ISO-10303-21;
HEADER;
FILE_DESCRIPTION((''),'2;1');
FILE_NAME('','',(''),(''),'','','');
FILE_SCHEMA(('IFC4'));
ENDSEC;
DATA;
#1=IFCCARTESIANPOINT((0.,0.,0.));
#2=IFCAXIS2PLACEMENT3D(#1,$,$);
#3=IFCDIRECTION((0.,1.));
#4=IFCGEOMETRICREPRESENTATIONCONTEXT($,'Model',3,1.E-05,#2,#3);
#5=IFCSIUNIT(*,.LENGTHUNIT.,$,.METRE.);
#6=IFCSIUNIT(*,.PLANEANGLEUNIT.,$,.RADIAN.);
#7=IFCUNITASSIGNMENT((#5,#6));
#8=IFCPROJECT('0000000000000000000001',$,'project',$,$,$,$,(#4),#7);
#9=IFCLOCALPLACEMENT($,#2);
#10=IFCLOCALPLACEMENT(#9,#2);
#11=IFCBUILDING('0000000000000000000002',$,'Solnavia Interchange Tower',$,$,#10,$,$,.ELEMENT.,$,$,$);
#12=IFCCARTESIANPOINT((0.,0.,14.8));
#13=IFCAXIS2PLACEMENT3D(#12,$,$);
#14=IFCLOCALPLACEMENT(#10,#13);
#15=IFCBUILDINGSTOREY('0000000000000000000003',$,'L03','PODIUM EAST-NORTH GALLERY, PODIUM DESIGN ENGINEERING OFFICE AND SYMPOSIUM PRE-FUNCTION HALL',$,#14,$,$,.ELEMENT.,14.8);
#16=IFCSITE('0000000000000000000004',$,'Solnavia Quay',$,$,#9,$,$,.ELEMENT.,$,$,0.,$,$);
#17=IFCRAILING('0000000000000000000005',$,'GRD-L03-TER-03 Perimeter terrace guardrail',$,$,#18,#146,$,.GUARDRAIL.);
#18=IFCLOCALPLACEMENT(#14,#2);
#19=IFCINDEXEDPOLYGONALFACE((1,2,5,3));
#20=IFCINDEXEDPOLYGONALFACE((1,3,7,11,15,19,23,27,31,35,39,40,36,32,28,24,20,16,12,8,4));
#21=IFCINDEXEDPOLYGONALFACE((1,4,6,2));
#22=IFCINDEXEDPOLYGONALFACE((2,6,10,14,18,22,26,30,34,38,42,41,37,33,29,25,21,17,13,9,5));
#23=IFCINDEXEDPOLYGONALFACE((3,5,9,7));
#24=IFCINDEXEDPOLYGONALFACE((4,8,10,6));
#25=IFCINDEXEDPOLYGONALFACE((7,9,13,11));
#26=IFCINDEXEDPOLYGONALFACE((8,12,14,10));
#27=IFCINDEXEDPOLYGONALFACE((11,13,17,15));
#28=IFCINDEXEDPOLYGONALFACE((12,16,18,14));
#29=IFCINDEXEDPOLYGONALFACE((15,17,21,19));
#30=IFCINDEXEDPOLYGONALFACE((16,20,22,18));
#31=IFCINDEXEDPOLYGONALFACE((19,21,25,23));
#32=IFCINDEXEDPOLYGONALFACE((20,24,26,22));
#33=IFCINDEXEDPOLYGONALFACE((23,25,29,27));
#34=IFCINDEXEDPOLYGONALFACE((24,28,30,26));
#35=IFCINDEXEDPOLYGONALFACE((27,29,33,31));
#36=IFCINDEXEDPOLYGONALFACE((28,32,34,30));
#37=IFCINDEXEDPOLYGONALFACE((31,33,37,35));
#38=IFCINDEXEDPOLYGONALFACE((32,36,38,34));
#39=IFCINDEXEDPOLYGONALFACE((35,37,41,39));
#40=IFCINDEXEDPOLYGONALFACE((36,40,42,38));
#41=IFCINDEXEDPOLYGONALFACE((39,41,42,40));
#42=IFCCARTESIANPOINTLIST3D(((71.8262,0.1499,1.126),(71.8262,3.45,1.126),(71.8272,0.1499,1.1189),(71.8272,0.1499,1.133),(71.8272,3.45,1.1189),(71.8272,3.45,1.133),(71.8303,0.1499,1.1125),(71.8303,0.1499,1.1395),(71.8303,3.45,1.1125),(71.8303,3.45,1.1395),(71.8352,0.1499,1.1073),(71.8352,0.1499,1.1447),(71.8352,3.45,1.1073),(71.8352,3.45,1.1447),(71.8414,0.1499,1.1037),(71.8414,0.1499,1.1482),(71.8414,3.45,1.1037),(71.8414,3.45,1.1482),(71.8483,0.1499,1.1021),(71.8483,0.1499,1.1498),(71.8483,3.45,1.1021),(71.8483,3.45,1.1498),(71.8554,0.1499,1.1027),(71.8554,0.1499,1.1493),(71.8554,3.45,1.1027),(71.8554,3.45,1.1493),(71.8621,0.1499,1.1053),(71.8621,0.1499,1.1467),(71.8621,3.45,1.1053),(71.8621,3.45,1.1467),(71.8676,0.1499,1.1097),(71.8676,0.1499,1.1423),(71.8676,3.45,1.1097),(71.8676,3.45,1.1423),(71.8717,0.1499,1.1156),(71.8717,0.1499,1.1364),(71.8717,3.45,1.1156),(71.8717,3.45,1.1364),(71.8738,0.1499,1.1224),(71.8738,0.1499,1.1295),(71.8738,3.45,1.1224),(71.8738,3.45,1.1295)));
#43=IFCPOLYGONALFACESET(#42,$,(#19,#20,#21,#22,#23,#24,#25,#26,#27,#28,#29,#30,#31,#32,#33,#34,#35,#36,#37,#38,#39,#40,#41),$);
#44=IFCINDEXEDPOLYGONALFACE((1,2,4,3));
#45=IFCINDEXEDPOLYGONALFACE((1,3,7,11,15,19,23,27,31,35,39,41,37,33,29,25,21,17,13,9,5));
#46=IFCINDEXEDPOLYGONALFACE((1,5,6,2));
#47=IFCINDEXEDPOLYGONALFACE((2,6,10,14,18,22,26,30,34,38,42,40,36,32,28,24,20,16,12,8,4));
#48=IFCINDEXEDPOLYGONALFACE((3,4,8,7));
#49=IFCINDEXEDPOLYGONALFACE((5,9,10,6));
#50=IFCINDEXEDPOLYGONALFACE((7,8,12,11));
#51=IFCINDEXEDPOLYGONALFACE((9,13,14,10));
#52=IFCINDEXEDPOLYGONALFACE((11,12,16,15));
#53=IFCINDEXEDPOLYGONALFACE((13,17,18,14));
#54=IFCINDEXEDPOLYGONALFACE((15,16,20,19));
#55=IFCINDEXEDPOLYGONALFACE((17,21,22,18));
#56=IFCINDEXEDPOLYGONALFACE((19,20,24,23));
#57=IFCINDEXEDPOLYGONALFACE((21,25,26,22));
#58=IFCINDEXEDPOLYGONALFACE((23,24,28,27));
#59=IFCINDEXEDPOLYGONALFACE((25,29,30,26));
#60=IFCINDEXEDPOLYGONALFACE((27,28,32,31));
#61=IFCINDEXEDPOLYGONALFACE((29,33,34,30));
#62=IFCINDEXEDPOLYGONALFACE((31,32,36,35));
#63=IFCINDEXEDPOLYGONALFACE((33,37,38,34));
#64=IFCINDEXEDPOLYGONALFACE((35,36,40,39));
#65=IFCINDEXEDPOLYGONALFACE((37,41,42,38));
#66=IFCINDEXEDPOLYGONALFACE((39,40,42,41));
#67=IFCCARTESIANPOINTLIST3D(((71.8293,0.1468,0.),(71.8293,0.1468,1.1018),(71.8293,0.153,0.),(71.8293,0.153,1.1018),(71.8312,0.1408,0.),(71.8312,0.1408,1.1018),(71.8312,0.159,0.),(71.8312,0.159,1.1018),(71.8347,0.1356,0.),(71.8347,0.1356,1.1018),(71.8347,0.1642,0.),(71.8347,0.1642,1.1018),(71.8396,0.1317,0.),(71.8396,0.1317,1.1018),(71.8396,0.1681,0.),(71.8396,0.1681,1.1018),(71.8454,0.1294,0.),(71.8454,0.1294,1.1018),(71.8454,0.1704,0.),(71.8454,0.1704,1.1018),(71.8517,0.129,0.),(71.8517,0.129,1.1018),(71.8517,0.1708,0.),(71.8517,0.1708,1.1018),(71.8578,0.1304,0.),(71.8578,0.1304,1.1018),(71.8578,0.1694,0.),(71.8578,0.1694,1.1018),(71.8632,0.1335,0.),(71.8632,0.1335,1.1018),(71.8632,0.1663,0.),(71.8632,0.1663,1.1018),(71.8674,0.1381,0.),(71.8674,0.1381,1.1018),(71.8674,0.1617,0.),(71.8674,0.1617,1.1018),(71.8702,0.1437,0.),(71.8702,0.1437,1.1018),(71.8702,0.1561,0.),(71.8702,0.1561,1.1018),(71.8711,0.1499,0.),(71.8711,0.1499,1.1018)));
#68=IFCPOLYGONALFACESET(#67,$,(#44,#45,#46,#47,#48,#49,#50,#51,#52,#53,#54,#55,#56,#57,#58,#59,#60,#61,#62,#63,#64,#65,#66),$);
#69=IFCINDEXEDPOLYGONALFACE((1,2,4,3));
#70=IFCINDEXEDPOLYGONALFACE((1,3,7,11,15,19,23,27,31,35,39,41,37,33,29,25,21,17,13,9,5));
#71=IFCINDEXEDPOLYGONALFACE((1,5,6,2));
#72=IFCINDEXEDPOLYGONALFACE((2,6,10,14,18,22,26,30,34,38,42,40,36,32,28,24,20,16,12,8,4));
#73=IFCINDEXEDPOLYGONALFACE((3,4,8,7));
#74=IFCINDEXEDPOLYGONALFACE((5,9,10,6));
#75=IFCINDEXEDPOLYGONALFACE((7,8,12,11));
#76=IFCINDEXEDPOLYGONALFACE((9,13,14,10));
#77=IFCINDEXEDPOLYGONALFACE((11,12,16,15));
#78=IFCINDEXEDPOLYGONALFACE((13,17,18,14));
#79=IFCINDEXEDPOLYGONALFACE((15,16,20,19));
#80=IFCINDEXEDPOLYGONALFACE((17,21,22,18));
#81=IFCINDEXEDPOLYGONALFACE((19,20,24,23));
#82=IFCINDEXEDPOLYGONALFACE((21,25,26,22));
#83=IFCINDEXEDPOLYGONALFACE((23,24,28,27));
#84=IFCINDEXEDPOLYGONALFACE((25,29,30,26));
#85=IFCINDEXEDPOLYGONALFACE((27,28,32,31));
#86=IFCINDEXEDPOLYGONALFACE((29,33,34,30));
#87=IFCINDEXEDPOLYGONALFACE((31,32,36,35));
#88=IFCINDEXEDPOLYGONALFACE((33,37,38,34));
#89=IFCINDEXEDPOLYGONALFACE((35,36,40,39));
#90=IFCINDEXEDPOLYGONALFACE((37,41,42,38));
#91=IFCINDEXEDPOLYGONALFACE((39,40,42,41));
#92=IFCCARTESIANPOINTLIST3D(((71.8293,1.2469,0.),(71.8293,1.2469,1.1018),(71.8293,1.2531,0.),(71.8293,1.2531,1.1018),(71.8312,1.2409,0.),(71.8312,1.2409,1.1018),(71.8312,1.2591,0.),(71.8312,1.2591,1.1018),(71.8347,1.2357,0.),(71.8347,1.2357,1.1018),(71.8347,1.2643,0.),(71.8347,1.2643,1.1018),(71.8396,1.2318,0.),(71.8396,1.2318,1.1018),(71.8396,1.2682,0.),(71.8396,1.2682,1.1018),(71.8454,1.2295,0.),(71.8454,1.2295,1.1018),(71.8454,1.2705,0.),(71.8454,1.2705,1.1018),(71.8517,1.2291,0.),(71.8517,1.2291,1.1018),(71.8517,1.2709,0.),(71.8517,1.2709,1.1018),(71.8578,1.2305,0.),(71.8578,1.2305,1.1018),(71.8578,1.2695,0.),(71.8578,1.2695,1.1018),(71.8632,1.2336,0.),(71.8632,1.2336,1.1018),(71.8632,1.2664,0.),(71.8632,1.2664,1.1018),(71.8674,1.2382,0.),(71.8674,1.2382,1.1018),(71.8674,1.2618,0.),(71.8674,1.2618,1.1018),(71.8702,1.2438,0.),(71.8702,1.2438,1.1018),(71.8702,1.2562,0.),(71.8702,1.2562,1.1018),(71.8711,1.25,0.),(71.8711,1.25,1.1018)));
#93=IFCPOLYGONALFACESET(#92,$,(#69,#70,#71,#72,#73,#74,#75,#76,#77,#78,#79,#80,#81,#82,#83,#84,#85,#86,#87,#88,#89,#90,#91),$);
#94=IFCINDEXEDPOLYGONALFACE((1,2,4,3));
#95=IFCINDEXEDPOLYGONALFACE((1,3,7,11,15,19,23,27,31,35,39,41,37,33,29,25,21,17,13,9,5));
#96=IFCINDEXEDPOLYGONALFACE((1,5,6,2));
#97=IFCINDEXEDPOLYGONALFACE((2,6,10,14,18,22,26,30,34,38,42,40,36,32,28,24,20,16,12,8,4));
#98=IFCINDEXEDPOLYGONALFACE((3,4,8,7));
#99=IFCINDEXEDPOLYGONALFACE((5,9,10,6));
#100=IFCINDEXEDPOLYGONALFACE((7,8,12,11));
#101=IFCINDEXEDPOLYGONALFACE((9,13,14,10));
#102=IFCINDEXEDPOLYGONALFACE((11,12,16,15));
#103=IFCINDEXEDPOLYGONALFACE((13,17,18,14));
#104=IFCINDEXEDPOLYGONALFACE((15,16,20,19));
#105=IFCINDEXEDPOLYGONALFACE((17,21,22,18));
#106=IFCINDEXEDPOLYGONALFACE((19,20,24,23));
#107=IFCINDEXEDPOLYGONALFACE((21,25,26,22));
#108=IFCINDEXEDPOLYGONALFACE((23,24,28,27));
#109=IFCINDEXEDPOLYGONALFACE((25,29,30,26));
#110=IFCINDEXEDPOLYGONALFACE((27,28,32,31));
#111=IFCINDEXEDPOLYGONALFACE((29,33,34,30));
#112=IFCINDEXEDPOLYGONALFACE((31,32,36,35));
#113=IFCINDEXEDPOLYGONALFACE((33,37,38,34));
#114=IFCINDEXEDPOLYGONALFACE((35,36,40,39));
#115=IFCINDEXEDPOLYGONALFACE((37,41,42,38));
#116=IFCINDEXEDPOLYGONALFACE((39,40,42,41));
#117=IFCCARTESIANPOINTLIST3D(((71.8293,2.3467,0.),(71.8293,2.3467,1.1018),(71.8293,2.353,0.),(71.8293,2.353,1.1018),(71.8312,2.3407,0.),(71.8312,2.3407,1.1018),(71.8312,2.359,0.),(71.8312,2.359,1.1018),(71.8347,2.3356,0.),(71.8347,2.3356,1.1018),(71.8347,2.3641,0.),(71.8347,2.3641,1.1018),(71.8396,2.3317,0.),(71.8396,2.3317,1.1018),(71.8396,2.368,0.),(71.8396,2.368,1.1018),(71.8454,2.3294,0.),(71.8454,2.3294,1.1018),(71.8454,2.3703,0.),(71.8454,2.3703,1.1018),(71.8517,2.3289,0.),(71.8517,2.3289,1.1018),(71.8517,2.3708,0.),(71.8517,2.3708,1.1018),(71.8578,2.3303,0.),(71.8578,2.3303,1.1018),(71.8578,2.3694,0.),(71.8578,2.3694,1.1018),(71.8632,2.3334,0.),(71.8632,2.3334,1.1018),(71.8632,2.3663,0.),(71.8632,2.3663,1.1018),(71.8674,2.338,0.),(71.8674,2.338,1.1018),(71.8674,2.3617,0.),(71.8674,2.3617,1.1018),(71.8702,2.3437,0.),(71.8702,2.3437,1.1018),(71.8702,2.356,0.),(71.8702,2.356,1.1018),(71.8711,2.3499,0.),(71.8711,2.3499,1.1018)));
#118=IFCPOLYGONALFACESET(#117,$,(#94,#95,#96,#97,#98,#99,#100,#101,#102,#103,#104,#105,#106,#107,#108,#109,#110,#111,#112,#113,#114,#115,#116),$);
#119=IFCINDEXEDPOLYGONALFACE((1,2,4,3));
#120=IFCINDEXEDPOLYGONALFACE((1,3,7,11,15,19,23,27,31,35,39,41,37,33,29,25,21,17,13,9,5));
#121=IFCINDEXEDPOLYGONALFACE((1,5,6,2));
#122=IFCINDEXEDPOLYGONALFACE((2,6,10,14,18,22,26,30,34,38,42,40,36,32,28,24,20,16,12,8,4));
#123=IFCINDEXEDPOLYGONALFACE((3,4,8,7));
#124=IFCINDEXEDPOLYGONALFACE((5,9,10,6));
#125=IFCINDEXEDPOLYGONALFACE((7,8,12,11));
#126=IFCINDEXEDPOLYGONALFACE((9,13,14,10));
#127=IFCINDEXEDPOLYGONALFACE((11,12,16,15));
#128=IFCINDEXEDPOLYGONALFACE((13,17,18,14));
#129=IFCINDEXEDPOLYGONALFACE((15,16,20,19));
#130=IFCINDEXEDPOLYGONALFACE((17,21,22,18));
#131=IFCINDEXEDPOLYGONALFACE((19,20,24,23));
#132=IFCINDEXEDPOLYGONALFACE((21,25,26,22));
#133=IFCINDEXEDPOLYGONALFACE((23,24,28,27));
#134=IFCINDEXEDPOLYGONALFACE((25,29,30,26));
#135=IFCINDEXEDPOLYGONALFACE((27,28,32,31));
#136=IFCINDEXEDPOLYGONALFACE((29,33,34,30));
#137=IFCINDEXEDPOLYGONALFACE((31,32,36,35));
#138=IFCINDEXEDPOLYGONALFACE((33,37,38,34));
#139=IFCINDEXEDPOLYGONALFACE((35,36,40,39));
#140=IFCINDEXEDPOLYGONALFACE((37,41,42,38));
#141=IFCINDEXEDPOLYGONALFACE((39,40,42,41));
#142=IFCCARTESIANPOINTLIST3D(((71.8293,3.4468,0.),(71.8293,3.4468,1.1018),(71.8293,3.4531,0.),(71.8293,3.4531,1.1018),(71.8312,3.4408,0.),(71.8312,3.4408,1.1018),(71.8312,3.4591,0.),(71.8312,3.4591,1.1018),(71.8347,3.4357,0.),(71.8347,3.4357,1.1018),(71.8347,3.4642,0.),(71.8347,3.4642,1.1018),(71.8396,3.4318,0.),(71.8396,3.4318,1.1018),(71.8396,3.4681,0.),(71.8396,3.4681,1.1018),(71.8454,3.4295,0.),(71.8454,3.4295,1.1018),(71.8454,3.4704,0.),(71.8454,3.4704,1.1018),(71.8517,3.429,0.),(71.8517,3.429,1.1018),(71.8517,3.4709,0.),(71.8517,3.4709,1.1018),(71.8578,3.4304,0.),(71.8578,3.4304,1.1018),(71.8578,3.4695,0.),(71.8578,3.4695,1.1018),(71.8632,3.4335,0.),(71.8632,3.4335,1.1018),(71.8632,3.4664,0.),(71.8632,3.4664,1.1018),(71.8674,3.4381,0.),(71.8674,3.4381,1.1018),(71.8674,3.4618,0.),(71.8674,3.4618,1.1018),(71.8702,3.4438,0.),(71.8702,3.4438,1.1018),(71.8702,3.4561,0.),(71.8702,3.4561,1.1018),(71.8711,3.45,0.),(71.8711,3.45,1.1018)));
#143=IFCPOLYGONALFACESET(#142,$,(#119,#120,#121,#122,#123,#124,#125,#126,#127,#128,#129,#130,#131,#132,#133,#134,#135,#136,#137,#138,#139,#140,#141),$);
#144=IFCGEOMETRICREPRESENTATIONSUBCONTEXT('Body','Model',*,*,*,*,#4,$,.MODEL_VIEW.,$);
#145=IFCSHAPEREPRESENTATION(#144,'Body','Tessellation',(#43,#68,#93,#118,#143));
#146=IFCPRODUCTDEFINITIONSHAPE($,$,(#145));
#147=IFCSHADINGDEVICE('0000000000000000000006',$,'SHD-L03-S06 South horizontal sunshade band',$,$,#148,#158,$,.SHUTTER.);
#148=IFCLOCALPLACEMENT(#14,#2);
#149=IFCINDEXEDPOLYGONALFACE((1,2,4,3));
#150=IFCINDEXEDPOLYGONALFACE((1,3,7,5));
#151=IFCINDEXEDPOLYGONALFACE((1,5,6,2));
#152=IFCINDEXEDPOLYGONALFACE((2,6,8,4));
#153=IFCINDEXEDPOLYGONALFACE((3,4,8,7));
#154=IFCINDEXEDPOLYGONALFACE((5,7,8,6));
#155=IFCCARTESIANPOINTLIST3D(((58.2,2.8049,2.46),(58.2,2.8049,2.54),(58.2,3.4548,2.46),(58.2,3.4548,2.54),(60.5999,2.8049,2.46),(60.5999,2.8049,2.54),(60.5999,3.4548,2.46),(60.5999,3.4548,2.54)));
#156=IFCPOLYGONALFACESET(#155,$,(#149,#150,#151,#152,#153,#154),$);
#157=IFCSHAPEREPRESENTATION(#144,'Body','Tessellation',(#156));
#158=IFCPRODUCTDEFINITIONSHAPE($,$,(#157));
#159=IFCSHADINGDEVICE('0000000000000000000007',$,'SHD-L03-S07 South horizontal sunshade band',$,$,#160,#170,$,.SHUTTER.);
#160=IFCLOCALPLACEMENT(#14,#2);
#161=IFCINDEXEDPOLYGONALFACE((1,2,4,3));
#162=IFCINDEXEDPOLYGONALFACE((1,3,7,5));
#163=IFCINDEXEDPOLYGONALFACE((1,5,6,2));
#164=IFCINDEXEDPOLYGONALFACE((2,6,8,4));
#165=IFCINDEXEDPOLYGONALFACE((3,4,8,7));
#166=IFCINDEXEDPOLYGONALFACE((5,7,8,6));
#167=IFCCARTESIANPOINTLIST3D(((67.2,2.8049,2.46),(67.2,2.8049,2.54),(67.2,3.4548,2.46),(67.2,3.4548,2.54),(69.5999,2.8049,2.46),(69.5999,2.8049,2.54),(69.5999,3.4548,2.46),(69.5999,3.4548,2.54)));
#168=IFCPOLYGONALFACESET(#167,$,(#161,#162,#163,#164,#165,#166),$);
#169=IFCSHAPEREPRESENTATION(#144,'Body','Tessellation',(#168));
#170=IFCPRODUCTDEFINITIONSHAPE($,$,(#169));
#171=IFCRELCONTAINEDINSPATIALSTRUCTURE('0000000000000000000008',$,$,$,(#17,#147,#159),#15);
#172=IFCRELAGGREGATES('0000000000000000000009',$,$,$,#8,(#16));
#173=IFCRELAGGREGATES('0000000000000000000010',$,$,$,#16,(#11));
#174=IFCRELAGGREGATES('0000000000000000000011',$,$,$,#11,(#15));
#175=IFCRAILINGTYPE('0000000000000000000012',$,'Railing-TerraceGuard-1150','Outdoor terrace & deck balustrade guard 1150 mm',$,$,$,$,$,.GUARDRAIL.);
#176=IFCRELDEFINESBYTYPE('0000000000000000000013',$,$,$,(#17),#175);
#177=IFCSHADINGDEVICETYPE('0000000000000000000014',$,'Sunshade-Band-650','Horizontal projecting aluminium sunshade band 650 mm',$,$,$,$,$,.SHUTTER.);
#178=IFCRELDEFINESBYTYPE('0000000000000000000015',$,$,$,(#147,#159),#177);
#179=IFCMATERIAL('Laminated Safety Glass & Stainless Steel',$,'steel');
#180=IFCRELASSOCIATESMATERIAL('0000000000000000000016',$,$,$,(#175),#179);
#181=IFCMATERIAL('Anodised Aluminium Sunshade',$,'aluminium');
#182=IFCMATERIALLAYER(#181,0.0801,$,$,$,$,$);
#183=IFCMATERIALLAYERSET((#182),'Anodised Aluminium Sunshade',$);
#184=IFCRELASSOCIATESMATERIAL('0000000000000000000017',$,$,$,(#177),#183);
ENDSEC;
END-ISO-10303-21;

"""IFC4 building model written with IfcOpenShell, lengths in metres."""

from ifc_helpers import new_model, si_unit, direction, frame, origin, origin_2d, place, context, subcontext, project, spatial, rectangle, circle, extrude, material, layer, layer_set, type_object, element, save


model = new_model("IFC4")

# Units and contexts
model_context = context("Model", 3, precision=1e-05, world=origin(), true_north=direction((0.0, 1.0)))
body_context = subcontext(model_context, "Body", "Model", "MODEL_VIEW")
ifc_project = project(units=[si_unit("LENGTHUNIT", "METRE"), si_unit("PLANEANGLEUNIT", "RADIAN")], contexts=[model_context])

# Site, building, storey
site_placement = place(None, origin())
site = spatial("IfcSite", under=ifc_project, at=site_placement, Name="Solnavia Quay", CompositionType="ELEMENT", RefElevation=0.0)
building_placement = place(site_placement, origin())
building = spatial("IfcBuilding", under=site, at=building_placement, Name="Solnavia Interchange Tower", CompositionType="ELEMENT")
storey_placement = place(building_placement, frame((0.0, 0.0, 14.8)))
storey = spatial("IfcBuildingStorey", under=building, at=storey_placement, Name="L03", Description="PODIUM EAST-NORTH GALLERY, PODIUM DESIGN ENGINEERING OFFICE AND SYMPOSIUM PRE-FUNCTION HALL", CompositionType="ELEMENT", Elevation=14.8)

# Railing
ifc_material_1 = material(Name="Laminated Safety Glass & Stainless Steel", Category="steel")
railing_type = type_object("IfcRailingType", Name="Railing-TerraceGuard-1150", Description="Outdoor terrace & deck balustrade guard 1150 mm", PredefinedType="GUARDRAIL", material=ifc_material_1)
railing_placement = place(storey_placement, frame((71.8501, 0.1499, 0.0)))
element("IfcRailing", 1, at=railing_placement, inside=storey, type_object=railing_type, Name="GRD-L03-TER-03 Perimeter terrace guardrail", PredefinedType="GUARDRAIL", context=body_context, shape_type="SweptSolid", body=[
    extrude(circle(Radius=0.0239, at=origin_2d()), frame((0.0, 0.0, 1.126), z_axis=(0.0, 1.0, 0.0), x_axis=(-1.0, 0.0, 0.0)), (0.0, 0.0, 1.0), 3.3),
    extrude(circle(Radius=0.021, at=origin_2d()), origin(), (0.0, 0.0, 1.0), 1.1018),
    extrude(circle(Radius=0.021, at=origin_2d()), frame((0.0, 1.1001, 0.0)), (0.0, 0.0, 1.0), 1.1018),
    extrude(circle(Radius=0.021, at=origin_2d()), frame((0.0, 2.2, 0.0)), (0.0, 0.0, 1.0), 1.1018),
    extrude(circle(Radius=0.021, at=origin_2d()), frame((0.0, 3.3, 0.0)), (0.0, 0.0, 1.0), 1.1018),
])

# Shading devices
ifc_material_2 = material(Name="Anodised Aluminium Sunshade", Category="aluminium")
ifc_layer_1 = layer(ifc_material_2, 0.0801)
ifc_layer_set_1 = layer_set([ifc_layer_1], Name="Anodised Aluminium Sunshade")
shading_device_type = type_object("IfcShadingDeviceType", Name="Sunshade-Band-650", Description="Horizontal projecting aluminium sunshade band 650 mm", PredefinedType="SHUTTER", material=ifc_layer_set_1)
for number, where, z_axis, x_axis, name in (
    (2, (59.3999, 3.1299, 2.46), (0.0, 0.0, 1.0), (1.0, 0.0, 0.0), "SHD-L03-S06 South horizontal sunshade band"),
    (3, (68.3999, 3.1299, 2.46), (0.0, 0.0, 1.0), (1.0, 0.0, 0.0), "SHD-L03-S07 South horizontal sunshade band"),
):
    element("IfcShadingDevice", number, at=place(storey_placement, frame(where, z_axis=z_axis, x_axis=x_axis)), inside=storey, type_object=shading_device_type, Name=name, PredefinedType="SHUTTER", context=body_context, shape_type="SweptSolid", body=[
        extrude(rectangle(XDim=2.3999, YDim=0.6499, at=origin_2d()), origin(), (0.0, 0.0, 1.0), 0.0801),
    ])

save(model, "model.ifc")
